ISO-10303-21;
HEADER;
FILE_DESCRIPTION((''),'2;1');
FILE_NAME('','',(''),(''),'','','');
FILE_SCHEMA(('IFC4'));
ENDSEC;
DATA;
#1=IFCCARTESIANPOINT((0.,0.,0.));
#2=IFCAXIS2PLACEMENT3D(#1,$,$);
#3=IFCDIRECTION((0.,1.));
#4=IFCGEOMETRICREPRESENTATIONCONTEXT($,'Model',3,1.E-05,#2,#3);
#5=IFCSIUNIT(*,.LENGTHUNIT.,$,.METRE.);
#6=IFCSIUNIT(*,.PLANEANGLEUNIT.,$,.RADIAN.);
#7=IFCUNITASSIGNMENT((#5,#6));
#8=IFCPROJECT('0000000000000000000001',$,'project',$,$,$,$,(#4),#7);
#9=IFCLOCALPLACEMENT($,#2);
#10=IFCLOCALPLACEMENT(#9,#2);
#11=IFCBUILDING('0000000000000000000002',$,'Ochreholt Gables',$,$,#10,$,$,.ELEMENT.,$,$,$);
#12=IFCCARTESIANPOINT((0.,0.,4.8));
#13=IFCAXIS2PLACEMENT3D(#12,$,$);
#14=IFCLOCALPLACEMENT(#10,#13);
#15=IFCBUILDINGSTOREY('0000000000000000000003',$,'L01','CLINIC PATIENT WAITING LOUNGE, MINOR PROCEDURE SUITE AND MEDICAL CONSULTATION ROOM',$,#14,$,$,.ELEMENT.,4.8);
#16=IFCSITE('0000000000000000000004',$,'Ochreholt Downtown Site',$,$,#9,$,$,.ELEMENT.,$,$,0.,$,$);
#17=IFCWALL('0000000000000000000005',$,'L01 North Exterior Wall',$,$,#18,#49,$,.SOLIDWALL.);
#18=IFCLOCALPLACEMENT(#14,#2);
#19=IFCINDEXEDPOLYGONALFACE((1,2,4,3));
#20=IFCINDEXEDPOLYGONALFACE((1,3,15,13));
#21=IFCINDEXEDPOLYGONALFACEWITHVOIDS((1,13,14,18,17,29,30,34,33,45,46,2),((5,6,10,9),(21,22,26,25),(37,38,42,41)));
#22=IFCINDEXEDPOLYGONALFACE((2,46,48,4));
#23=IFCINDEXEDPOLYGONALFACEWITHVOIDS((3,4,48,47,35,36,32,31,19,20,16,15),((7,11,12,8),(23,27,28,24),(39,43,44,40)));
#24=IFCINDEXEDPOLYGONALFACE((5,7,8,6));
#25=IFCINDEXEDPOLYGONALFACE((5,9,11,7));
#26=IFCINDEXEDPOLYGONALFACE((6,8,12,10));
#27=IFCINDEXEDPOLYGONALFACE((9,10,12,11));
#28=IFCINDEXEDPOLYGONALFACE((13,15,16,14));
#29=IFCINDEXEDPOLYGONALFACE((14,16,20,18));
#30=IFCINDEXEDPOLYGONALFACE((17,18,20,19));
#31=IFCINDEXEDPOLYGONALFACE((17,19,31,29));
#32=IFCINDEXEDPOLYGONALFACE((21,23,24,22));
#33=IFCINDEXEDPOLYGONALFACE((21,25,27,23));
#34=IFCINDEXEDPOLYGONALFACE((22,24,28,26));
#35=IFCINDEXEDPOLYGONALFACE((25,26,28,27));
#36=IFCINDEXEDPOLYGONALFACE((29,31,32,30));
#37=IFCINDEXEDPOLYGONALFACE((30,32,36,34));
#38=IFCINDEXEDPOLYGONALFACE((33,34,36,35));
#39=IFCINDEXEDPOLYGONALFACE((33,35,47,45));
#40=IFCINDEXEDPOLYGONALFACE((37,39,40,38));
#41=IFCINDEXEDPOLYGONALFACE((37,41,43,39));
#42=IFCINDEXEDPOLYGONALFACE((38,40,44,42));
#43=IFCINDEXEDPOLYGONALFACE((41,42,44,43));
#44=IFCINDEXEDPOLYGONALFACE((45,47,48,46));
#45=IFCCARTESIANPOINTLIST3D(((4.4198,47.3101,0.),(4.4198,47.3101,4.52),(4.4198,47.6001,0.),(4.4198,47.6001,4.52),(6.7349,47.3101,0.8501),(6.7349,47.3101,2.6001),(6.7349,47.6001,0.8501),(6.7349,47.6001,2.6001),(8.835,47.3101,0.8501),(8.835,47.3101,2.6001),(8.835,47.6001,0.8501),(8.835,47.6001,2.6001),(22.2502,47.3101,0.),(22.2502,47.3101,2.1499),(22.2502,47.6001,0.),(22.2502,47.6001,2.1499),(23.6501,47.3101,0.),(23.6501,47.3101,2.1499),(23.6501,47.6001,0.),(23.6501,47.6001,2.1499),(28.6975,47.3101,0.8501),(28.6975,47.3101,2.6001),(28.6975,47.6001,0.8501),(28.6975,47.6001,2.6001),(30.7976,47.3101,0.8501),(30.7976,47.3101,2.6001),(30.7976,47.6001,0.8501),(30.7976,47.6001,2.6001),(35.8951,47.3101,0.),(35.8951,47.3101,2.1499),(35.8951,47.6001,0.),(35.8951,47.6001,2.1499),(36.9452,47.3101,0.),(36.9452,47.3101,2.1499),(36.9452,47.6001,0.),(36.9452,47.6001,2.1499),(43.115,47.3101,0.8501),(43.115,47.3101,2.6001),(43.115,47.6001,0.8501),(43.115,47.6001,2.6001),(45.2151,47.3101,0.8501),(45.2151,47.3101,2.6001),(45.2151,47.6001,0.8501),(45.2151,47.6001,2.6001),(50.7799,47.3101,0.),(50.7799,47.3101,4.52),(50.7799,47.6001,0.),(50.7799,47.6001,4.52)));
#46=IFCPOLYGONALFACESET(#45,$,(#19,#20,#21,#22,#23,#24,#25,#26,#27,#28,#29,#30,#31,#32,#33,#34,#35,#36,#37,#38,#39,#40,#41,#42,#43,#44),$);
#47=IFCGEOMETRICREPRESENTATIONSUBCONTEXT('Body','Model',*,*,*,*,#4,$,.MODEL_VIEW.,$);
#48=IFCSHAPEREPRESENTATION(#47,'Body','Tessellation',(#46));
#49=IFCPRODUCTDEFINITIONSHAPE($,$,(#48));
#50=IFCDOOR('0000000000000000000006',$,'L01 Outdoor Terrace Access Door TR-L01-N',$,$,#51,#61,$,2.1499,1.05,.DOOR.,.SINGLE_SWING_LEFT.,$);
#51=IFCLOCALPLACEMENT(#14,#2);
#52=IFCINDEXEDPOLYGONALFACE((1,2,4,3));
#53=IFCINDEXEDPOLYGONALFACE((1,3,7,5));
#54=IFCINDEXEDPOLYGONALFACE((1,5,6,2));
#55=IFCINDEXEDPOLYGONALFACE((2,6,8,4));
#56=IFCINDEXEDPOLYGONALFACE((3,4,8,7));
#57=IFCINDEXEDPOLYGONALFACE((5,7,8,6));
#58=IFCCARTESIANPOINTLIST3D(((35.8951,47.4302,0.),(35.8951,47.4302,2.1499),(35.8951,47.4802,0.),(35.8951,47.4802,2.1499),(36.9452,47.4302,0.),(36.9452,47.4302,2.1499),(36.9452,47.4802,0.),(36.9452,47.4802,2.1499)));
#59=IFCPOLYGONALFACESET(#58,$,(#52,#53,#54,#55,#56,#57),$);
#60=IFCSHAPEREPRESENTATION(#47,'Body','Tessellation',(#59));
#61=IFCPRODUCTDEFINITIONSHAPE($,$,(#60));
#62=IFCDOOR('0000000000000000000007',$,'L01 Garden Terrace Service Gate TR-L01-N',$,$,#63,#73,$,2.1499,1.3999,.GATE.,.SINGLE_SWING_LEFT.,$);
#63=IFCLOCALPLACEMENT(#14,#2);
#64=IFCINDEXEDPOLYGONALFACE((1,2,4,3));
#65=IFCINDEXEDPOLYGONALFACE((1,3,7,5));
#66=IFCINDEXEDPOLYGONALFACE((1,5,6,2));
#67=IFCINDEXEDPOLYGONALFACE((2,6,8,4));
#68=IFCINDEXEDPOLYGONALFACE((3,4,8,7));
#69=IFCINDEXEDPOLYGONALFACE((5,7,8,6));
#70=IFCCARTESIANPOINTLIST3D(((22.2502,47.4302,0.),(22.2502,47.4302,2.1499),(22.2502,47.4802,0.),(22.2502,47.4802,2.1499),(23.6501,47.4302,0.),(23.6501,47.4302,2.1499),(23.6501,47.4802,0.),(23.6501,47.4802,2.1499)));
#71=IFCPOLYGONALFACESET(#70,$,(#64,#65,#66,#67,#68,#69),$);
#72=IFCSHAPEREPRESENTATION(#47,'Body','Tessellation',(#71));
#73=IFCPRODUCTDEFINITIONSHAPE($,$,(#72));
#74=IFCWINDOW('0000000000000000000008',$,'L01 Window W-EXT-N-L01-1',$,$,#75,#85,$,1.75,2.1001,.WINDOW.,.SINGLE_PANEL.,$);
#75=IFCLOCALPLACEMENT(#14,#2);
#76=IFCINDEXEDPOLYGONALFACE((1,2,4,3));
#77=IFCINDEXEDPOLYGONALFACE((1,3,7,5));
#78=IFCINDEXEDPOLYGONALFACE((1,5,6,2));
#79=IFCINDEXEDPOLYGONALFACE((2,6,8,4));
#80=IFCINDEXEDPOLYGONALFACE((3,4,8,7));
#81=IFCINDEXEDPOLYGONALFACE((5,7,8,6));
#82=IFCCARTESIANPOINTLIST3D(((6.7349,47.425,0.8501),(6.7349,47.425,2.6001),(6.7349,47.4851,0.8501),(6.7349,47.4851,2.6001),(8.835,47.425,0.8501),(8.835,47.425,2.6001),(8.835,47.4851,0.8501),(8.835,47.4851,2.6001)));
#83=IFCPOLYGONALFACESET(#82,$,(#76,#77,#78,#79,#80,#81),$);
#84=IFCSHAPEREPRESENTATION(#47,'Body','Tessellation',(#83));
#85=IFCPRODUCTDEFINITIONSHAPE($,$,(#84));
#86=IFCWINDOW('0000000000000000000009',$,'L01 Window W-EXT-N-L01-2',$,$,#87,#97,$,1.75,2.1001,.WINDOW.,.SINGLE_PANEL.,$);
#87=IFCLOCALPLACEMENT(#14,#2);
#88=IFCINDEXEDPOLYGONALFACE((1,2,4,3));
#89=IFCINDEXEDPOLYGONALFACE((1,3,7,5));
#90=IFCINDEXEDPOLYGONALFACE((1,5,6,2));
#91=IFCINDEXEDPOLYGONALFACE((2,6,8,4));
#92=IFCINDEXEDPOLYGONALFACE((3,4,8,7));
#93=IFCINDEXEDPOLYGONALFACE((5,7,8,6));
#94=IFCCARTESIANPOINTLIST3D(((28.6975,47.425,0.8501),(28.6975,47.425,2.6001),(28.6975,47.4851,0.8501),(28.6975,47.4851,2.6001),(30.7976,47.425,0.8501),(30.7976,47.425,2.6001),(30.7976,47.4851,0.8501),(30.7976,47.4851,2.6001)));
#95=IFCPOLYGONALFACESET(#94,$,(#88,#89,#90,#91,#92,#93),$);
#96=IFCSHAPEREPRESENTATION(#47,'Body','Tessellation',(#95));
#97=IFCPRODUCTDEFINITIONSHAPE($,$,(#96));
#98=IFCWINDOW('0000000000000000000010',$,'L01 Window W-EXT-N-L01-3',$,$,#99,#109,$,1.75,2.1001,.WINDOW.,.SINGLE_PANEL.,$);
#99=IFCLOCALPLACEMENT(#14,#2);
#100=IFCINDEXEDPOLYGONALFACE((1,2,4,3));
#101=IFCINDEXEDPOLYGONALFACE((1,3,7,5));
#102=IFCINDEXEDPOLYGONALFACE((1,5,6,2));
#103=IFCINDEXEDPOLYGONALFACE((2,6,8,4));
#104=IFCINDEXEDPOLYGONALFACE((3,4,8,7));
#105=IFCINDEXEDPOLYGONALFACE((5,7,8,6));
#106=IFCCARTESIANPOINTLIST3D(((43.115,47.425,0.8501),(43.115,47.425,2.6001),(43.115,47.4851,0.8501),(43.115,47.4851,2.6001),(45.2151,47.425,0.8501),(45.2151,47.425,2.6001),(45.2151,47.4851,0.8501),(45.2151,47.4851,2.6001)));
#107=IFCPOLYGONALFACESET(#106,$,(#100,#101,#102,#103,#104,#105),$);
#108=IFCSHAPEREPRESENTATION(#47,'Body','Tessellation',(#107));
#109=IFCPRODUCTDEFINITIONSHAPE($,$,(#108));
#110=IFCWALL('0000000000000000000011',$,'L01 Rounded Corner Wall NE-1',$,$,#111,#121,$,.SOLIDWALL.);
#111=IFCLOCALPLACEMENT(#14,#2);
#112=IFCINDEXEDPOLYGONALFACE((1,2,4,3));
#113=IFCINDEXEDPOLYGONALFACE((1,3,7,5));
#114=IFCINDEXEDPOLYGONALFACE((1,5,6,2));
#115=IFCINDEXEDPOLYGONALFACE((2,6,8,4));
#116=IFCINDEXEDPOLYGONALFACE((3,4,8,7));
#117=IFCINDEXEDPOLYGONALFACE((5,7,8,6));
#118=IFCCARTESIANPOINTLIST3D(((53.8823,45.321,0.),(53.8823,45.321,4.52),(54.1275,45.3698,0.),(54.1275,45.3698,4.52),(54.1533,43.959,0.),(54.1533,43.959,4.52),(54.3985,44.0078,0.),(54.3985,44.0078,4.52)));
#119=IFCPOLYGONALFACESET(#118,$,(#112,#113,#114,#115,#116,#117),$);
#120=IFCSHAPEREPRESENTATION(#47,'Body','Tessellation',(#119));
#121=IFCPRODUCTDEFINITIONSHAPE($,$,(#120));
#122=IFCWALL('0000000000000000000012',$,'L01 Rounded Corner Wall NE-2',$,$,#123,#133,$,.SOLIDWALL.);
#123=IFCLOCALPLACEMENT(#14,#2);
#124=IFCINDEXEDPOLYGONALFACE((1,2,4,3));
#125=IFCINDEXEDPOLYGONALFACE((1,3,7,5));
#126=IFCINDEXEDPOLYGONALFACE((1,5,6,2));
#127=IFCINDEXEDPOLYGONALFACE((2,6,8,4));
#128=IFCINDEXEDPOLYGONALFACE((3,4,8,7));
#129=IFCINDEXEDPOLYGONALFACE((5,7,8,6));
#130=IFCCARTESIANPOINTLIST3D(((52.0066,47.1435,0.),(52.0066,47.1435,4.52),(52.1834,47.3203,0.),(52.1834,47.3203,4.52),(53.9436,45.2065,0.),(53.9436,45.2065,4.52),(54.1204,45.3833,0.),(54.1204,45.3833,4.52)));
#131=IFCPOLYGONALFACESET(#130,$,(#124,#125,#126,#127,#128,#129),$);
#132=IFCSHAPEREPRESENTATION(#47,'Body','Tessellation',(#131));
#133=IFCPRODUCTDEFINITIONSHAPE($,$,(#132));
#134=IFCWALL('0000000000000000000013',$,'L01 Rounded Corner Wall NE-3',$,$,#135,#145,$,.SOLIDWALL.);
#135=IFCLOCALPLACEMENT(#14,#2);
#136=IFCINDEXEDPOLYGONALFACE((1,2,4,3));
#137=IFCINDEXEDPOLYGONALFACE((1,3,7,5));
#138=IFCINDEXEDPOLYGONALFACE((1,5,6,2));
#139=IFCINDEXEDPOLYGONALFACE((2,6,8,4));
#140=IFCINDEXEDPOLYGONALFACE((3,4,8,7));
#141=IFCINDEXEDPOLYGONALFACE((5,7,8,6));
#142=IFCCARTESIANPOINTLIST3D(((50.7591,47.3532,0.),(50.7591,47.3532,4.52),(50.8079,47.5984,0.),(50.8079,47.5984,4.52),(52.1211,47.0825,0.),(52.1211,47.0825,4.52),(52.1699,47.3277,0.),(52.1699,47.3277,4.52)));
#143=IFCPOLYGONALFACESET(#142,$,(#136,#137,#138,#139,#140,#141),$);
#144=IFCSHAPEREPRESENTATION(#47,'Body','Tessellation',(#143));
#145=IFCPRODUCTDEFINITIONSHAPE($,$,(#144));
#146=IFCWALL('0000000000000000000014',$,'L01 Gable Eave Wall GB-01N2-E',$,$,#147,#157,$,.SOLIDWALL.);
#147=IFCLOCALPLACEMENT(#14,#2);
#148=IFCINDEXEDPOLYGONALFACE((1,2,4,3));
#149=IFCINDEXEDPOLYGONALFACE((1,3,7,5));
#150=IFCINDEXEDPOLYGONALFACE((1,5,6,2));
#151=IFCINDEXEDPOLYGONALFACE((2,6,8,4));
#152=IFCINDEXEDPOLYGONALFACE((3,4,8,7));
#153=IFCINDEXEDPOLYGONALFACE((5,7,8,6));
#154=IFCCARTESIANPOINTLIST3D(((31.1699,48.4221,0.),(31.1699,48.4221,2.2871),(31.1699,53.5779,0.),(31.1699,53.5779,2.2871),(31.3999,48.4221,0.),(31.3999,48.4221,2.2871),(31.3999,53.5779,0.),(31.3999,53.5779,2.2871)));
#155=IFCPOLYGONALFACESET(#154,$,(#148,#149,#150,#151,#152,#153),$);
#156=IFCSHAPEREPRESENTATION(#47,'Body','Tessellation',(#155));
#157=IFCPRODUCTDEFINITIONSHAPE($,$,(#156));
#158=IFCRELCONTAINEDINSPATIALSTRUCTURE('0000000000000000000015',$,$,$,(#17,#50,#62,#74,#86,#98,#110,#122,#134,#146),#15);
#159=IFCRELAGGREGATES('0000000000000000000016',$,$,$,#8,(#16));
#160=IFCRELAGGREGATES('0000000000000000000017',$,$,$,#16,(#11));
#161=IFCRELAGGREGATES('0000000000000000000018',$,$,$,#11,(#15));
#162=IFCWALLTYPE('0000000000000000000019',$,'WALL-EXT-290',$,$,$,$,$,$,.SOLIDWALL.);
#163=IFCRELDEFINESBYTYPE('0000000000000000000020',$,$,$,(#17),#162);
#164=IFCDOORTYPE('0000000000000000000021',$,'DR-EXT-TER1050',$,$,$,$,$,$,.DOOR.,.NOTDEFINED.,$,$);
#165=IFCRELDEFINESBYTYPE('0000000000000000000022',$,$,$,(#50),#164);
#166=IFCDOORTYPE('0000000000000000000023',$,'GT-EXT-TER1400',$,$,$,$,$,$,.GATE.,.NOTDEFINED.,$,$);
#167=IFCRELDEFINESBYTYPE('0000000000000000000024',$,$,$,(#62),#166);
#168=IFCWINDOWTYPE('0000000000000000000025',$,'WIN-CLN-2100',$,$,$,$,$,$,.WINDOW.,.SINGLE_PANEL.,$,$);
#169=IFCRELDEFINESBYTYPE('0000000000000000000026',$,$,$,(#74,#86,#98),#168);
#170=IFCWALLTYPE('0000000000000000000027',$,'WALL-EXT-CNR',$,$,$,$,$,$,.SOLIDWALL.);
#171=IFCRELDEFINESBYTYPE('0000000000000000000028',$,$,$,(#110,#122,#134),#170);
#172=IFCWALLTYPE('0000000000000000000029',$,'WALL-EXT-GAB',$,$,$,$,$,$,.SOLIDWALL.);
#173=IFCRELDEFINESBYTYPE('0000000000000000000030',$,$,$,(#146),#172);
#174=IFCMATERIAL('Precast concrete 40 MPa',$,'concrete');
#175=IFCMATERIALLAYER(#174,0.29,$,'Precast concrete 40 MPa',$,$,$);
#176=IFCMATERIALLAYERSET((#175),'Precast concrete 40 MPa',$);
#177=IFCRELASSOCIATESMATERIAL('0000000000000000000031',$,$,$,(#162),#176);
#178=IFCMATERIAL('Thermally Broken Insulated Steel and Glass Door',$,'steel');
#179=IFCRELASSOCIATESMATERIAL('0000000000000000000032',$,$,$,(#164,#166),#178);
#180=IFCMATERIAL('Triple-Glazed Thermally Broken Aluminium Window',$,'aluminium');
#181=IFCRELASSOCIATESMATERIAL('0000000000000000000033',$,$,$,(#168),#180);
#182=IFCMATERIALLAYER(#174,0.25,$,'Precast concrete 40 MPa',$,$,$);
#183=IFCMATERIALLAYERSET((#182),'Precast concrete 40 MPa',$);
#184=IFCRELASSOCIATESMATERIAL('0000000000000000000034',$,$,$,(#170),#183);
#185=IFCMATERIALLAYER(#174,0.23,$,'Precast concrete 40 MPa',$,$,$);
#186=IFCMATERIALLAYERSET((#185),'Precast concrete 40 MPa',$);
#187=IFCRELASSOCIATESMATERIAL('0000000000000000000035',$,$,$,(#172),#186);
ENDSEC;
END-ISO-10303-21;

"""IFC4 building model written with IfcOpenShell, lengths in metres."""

from ifc_helpers import new_model, si_unit, direction, frame, frame_2d, origin, place, context, subcontext, project, spatial, rectangle, extrude, material, layer, layer_set, type_object, element, fill, save


model = new_model("IFC4")

# Units and contexts
model_context = context("Model", 3, precision=1e-05, world=origin(), true_north=direction((0.0, 1.0)))
body_context = subcontext(model_context, "Body", "Model", "MODEL_VIEW")
ifc_project = project(units=[si_unit("LENGTHUNIT", "METRE"), si_unit("PLANEANGLEUNIT", "RADIAN")], contexts=[model_context])

# Site, building, storey
site_placement = place(None, origin())
site = spatial("IfcSite", under=ifc_project, at=site_placement, Name="Ochreholt Downtown Site", CompositionType="ELEMENT", RefElevation=0.0)
building_placement = place(site_placement, origin())
building = spatial("IfcBuilding", under=site, at=building_placement, Name="Ochreholt Gables", CompositionType="ELEMENT")
storey_placement = place(building_placement, frame((0.0, 0.0, 4.8)))
storey = spatial("IfcBuildingStorey", under=building, at=storey_placement, Name="L01", Description="CLINIC PATIENT WAITING LOUNGE, MINOR PROCEDURE SUITE AND MEDICAL CONSULTATION ROOM", CompositionType="ELEMENT", Elevation=4.8)

# Wall, openings, doors, windows
ifc_material_1 = material(Name="Precast concrete 40 MPa", Category="concrete")
ifc_layer_1 = layer(ifc_material_1, 0.29, Name="Precast concrete 40 MPa")
ifc_layer_set_1 = layer_set([ifc_layer_1], Name="Precast concrete 40 MPa")
wall_type_1 = type_object("IfcWallType", Name="WALL-EXT-290", PredefinedType="SOLIDWALL", material=ifc_layer_set_1)
wall_1_placement = place(storey_placement, frame((50.78, 47.4551, 0.0), z_axis=(0.0, 0.0, 1.0), x_axis=(-1.0, 0.0, 0.0)))
wall_1 = element("IfcWall", 1, at=wall_1_placement, inside=storey, type_object=wall_type_1, Name="L01 North Exterior Wall", PredefinedType="SOLIDWALL", context=body_context, shape_type="SweptSolid", body=[
    extrude(rectangle(XDim=46.3601, YDim=0.29, at=frame_2d((23.1802, 0.0))), origin(), (0.0, 0.0, 1.0), 4.52),
])
opening_1_placement = place(wall_1_placement, frame((13.835, 0.0, 0.0)))
opening_1 = element("IfcOpeningElement", 2, at=opening_1_placement, cuts=wall_1, PredefinedType="OPENING", context=body_context, shape_type="SweptSolid", body=[
    extrude(rectangle(XDim=1.05, YDim=2.1499, at=frame_2d((0.5249, 1.075))), frame((0.0, 0.155, 0.0), z_axis=(0.0, -1.0, 0.0), x_axis=(1.0, 0.0, 0.0)), (0.0, 0.0, 1.0), 0.3101),
])
opening_2_placement = place(wall_1_placement, frame((27.1299, 0.0, 0.0)))
opening_2 = element("IfcOpeningElement", 3, at=opening_2_placement, cuts=wall_1, PredefinedType="OPENING", context=body_context, shape_type="SweptSolid", body=[
    extrude(rectangle(XDim=1.3999, YDim=2.1499, at=frame_2d((0.7, 1.075))), frame((0.0, 0.155, 0.0), z_axis=(0.0, -1.0, 0.0), x_axis=(1.0, 0.0, 0.0)), (0.0, 0.0, 1.0), 0.3101),
])
opening_3_placement = place(wall_1_placement, frame((41.9451, 0.0, 0.8501)))
opening_3 = element("IfcOpeningElement", 4, at=opening_3_placement, cuts=wall_1, PredefinedType="OPENING", context=body_context, shape_type="SweptSolid", body=[
    extrude(rectangle(XDim=2.1001, YDim=1.75, at=frame_2d((1.05, 0.875))), frame((0.0, 0.155, 0.0), z_axis=(0.0, -1.0, 0.0), x_axis=(1.0, 0.0, 0.0)), (0.0, 0.0, 1.0), 0.3101),
])
opening_4_placement = place(wall_1_placement, frame((19.9824, 0.0, 0.8501)))
opening_4 = element("IfcOpeningElement", 5, at=opening_4_placement, cuts=wall_1, PredefinedType="OPENING", context=body_context, shape_type="SweptSolid", body=[
    extrude(rectangle(XDim=2.1001, YDim=1.75, at=frame_2d((1.05, 0.875))), frame((0.0, 0.155, 0.0), z_axis=(0.0, -1.0, 0.0), x_axis=(1.0, 0.0, 0.0)), (0.0, 0.0, 1.0), 0.3101),
])
opening_5_placement = place(wall_1_placement, frame((5.5649, 0.0, 0.8501)))
opening_5 = element("IfcOpeningElement", 6, at=opening_5_placement, cuts=wall_1, PredefinedType="OPENING", context=body_context, shape_type="SweptSolid", body=[
    extrude(rectangle(XDim=2.1001, YDim=1.75, at=frame_2d((1.05, 0.875))), frame((0.0, 0.155, 0.0), z_axis=(0.0, -1.0, 0.0), x_axis=(1.0, 0.0, 0.0)), (0.0, 0.0, 1.0), 0.3101),
])
ifc_material_2 = material(Name="Thermally Broken Insulated Steel and Glass Door", Category="steel")
door_type_1 = type_object("IfcDoorType", Name="DR-EXT-TER1050", OperationType="NOTDEFINED", PredefinedType="DOOR", material=ifc_material_2)
door_1_placement = place(opening_1_placement, origin())
door_1 = element("IfcDoor", 7, at=door_1_placement, inside=storey, type_object=door_type_1, Name="L01 Outdoor Terrace Access Door TR-L01-N", OperationType="SINGLE_SWING_LEFT", OverallHeight=2.1499, OverallWidth=1.05, PredefinedType="DOOR", context=body_context, shape_type="SweptSolid", body=[
    extrude(rectangle(XDim=1.05, YDim=2.1499, at=frame_2d((0.5249, 1.075))), frame((0.0, 0.0249, 0.0), z_axis=(0.0, -1.0, 0.0), x_axis=(1.0, 0.0, 0.0)), (0.0, 0.0, 1.0), 0.05),
])
fill(opening_1, door_1)
door_type_2 = type_object("IfcDoorType", Name="GT-EXT-TER1400", OperationType="NOTDEFINED", PredefinedType="GATE", material=ifc_material_2)
door_2_placement = place(opening_2_placement, origin())
door_2 = element("IfcDoor", 8, at=door_2_placement, inside=storey, type_object=door_type_2, Name="L01 Garden Terrace Service Gate TR-L01-N", OperationType="SINGLE_SWING_LEFT", OverallHeight=2.1499, OverallWidth=1.3999, PredefinedType="GATE", context=body_context, shape_type="SweptSolid", body=[
    extrude(rectangle(XDim=1.3999, YDim=2.1499, at=frame_2d((0.7, 1.075))), frame((0.0, 0.0249, 0.0), z_axis=(0.0, -1.0, 0.0), x_axis=(1.0, 0.0, 0.0)), (0.0, 0.0, 1.0), 0.05),
])
fill(opening_2, door_2)
ifc_material_3 = material(Name="Triple-Glazed Thermally Broken Aluminium Window", Category="aluminium")
window_type = type_object("IfcWindowType", Name="WIN-CLN-2100", PartitioningType="SINGLE_PANEL", PredefinedType="WINDOW", material=ifc_material_3)
window_1_placement = place(opening_3_placement, origin())
window_1 = element("IfcWindow", 9, at=window_1_placement, inside=storey, type_object=window_type, Name="L01 Window W-EXT-N-L01-1", OverallHeight=1.75, OverallWidth=2.1001, PartitioningType="SINGLE_PANEL", PredefinedType="WINDOW", context=body_context, shape_type="SweptSolid", body=[
    extrude(rectangle(XDim=2.1001, YDim=1.75, at=frame_2d((1.05, 0.875))), frame((0.0, 0.03, 0.0), z_axis=(0.0, -1.0, 0.0), x_axis=(1.0, 0.0, 0.0)), (0.0, 0.0, 1.0), 0.0601),
])
fill(opening_3, window_1)
window_2_placement = place(opening_4_placement, origin())
window_2 = element("IfcWindow", 10, at=window_2_placement, inside=storey, type_object=window_type, Name="L01 Window W-EXT-N-L01-2", OverallHeight=1.75, OverallWidth=2.1001, PartitioningType="SINGLE_PANEL", PredefinedType="WINDOW", context=body_context, shape_type="SweptSolid", body=[
    extrude(rectangle(XDim=2.1001, YDim=1.75, at=frame_2d((1.05, 0.875))), frame((0.0, 0.03, 0.0), z_axis=(0.0, -1.0, 0.0), x_axis=(1.0, 0.0, 0.0)), (0.0, 0.0, 1.0), 0.0601),
])
fill(opening_4, window_2)
window_3_placement = place(opening_5_placement, origin())
window_3 = element("IfcWindow", 11, at=window_3_placement, inside=storey, type_object=window_type, Name="L01 Window W-EXT-N-L01-3", OverallHeight=1.75, OverallWidth=2.1001, PartitioningType="SINGLE_PANEL", PredefinedType="WINDOW", context=body_context, shape_type="SweptSolid", body=[
    extrude(rectangle(XDim=2.1001, YDim=1.75, at=frame_2d((1.05, 0.875))), frame((0.0, 0.03, 0.0), z_axis=(0.0, -1.0, 0.0), x_axis=(1.0, 0.0, 0.0)), (0.0, 0.0, 1.0), 0.0601),
])
fill(opening_5, window_3)

# Walls
ifc_layer_2 = layer(ifc_material_1, 0.25, Name="Precast concrete 40 MPa")
ifc_layer_set_2 = layer_set([ifc_layer_2], Name="Precast concrete 40 MPa")
wall_type_2 = type_object("IfcWallType", Name="WALL-EXT-CNR", PredefinedType="SOLIDWALL", material=ifc_layer_set_2)
wall_2_placement = place(storey_placement, frame((54.2759, 43.9834, 0.0), z_axis=(0.0, 0.0, 1.0), x_axis=(-0.195136, 0.980776, 0.0)))
element("IfcWall", 12, at=wall_2_placement, inside=storey, type_object=wall_type_2, Name="L01 Rounded Corner Wall NE-1", PredefinedType="SOLIDWALL", context=body_context, shape_type="SweptSolid", body=[
    extrude(rectangle(XDim=1.3887, YDim=0.25, at=frame_2d((0.6943, 0.0))), origin(), (0.0, 0.0, 1.0), 4.52),
])
wall_3_placement = place(storey_placement, frame((54.032, 45.2949, 0.0), z_axis=(0.0, 0.0, 1.0), x_axis=(-0.707107, 0.707107, 0.0)))
element("IfcWall", 13, at=wall_3_placement, inside=storey, type_object=wall_type_2, Name="L01 Rounded Corner Wall NE-2", PredefinedType="SOLIDWALL", context=body_context, shape_type="SweptSolid", body=[
    extrude(rectangle(XDim=2.7393, YDim=0.25, at=frame_2d((1.3696, 0.0))), origin(), (0.0, 0.0, 1.0), 4.52),
])
wall_4_placement = place(storey_placement, frame((52.1455, 47.2051, 0.0), z_axis=(0.0, 0.0, 1.0), x_axis=(-0.98081, 0.194967, 0.0)))
element("IfcWall", 14, at=wall_4_placement, inside=storey, type_object=wall_type_2, Name="L01 Rounded Corner Wall NE-3", PredefinedType="SOLIDWALL", context=body_context, shape_type="SweptSolid", body=[
    extrude(rectangle(XDim=1.3887, YDim=0.25, at=frame_2d((0.6943, 0.0))), origin(), (0.0, 0.0, 1.0), 4.52),
])
ifc_layer_3 = layer(ifc_material_1, 0.23, Name="Precast concrete 40 MPa")
ifc_layer_set_3 = layer_set([ifc_layer_3], Name="Precast concrete 40 MPa")
wall_type_3 = type_object("IfcWallType", Name="WALL-EXT-GAB", PredefinedType="SOLIDWALL", material=ifc_layer_set_3)
wall_5_placement = place(storey_placement, frame((31.2849, 48.4221, 0.0), z_axis=(0.0, 0.0, 1.0), x_axis=(0.0, 1.0, 0.0)))
element("IfcWall", 15, at=wall_5_placement, inside=storey, type_object=wall_type_3, Name="L01 Gable Eave Wall GB-01N2-E", PredefinedType="SOLIDWALL", context=body_context, shape_type="SweptSolid", body=[
    extrude(rectangle(XDim=5.1558, YDim=0.23, at=frame_2d((2.5779, 0.0))), origin(), (0.0, 0.0, 1.0), 2.2871),
])

save(model, "model.ifc")
